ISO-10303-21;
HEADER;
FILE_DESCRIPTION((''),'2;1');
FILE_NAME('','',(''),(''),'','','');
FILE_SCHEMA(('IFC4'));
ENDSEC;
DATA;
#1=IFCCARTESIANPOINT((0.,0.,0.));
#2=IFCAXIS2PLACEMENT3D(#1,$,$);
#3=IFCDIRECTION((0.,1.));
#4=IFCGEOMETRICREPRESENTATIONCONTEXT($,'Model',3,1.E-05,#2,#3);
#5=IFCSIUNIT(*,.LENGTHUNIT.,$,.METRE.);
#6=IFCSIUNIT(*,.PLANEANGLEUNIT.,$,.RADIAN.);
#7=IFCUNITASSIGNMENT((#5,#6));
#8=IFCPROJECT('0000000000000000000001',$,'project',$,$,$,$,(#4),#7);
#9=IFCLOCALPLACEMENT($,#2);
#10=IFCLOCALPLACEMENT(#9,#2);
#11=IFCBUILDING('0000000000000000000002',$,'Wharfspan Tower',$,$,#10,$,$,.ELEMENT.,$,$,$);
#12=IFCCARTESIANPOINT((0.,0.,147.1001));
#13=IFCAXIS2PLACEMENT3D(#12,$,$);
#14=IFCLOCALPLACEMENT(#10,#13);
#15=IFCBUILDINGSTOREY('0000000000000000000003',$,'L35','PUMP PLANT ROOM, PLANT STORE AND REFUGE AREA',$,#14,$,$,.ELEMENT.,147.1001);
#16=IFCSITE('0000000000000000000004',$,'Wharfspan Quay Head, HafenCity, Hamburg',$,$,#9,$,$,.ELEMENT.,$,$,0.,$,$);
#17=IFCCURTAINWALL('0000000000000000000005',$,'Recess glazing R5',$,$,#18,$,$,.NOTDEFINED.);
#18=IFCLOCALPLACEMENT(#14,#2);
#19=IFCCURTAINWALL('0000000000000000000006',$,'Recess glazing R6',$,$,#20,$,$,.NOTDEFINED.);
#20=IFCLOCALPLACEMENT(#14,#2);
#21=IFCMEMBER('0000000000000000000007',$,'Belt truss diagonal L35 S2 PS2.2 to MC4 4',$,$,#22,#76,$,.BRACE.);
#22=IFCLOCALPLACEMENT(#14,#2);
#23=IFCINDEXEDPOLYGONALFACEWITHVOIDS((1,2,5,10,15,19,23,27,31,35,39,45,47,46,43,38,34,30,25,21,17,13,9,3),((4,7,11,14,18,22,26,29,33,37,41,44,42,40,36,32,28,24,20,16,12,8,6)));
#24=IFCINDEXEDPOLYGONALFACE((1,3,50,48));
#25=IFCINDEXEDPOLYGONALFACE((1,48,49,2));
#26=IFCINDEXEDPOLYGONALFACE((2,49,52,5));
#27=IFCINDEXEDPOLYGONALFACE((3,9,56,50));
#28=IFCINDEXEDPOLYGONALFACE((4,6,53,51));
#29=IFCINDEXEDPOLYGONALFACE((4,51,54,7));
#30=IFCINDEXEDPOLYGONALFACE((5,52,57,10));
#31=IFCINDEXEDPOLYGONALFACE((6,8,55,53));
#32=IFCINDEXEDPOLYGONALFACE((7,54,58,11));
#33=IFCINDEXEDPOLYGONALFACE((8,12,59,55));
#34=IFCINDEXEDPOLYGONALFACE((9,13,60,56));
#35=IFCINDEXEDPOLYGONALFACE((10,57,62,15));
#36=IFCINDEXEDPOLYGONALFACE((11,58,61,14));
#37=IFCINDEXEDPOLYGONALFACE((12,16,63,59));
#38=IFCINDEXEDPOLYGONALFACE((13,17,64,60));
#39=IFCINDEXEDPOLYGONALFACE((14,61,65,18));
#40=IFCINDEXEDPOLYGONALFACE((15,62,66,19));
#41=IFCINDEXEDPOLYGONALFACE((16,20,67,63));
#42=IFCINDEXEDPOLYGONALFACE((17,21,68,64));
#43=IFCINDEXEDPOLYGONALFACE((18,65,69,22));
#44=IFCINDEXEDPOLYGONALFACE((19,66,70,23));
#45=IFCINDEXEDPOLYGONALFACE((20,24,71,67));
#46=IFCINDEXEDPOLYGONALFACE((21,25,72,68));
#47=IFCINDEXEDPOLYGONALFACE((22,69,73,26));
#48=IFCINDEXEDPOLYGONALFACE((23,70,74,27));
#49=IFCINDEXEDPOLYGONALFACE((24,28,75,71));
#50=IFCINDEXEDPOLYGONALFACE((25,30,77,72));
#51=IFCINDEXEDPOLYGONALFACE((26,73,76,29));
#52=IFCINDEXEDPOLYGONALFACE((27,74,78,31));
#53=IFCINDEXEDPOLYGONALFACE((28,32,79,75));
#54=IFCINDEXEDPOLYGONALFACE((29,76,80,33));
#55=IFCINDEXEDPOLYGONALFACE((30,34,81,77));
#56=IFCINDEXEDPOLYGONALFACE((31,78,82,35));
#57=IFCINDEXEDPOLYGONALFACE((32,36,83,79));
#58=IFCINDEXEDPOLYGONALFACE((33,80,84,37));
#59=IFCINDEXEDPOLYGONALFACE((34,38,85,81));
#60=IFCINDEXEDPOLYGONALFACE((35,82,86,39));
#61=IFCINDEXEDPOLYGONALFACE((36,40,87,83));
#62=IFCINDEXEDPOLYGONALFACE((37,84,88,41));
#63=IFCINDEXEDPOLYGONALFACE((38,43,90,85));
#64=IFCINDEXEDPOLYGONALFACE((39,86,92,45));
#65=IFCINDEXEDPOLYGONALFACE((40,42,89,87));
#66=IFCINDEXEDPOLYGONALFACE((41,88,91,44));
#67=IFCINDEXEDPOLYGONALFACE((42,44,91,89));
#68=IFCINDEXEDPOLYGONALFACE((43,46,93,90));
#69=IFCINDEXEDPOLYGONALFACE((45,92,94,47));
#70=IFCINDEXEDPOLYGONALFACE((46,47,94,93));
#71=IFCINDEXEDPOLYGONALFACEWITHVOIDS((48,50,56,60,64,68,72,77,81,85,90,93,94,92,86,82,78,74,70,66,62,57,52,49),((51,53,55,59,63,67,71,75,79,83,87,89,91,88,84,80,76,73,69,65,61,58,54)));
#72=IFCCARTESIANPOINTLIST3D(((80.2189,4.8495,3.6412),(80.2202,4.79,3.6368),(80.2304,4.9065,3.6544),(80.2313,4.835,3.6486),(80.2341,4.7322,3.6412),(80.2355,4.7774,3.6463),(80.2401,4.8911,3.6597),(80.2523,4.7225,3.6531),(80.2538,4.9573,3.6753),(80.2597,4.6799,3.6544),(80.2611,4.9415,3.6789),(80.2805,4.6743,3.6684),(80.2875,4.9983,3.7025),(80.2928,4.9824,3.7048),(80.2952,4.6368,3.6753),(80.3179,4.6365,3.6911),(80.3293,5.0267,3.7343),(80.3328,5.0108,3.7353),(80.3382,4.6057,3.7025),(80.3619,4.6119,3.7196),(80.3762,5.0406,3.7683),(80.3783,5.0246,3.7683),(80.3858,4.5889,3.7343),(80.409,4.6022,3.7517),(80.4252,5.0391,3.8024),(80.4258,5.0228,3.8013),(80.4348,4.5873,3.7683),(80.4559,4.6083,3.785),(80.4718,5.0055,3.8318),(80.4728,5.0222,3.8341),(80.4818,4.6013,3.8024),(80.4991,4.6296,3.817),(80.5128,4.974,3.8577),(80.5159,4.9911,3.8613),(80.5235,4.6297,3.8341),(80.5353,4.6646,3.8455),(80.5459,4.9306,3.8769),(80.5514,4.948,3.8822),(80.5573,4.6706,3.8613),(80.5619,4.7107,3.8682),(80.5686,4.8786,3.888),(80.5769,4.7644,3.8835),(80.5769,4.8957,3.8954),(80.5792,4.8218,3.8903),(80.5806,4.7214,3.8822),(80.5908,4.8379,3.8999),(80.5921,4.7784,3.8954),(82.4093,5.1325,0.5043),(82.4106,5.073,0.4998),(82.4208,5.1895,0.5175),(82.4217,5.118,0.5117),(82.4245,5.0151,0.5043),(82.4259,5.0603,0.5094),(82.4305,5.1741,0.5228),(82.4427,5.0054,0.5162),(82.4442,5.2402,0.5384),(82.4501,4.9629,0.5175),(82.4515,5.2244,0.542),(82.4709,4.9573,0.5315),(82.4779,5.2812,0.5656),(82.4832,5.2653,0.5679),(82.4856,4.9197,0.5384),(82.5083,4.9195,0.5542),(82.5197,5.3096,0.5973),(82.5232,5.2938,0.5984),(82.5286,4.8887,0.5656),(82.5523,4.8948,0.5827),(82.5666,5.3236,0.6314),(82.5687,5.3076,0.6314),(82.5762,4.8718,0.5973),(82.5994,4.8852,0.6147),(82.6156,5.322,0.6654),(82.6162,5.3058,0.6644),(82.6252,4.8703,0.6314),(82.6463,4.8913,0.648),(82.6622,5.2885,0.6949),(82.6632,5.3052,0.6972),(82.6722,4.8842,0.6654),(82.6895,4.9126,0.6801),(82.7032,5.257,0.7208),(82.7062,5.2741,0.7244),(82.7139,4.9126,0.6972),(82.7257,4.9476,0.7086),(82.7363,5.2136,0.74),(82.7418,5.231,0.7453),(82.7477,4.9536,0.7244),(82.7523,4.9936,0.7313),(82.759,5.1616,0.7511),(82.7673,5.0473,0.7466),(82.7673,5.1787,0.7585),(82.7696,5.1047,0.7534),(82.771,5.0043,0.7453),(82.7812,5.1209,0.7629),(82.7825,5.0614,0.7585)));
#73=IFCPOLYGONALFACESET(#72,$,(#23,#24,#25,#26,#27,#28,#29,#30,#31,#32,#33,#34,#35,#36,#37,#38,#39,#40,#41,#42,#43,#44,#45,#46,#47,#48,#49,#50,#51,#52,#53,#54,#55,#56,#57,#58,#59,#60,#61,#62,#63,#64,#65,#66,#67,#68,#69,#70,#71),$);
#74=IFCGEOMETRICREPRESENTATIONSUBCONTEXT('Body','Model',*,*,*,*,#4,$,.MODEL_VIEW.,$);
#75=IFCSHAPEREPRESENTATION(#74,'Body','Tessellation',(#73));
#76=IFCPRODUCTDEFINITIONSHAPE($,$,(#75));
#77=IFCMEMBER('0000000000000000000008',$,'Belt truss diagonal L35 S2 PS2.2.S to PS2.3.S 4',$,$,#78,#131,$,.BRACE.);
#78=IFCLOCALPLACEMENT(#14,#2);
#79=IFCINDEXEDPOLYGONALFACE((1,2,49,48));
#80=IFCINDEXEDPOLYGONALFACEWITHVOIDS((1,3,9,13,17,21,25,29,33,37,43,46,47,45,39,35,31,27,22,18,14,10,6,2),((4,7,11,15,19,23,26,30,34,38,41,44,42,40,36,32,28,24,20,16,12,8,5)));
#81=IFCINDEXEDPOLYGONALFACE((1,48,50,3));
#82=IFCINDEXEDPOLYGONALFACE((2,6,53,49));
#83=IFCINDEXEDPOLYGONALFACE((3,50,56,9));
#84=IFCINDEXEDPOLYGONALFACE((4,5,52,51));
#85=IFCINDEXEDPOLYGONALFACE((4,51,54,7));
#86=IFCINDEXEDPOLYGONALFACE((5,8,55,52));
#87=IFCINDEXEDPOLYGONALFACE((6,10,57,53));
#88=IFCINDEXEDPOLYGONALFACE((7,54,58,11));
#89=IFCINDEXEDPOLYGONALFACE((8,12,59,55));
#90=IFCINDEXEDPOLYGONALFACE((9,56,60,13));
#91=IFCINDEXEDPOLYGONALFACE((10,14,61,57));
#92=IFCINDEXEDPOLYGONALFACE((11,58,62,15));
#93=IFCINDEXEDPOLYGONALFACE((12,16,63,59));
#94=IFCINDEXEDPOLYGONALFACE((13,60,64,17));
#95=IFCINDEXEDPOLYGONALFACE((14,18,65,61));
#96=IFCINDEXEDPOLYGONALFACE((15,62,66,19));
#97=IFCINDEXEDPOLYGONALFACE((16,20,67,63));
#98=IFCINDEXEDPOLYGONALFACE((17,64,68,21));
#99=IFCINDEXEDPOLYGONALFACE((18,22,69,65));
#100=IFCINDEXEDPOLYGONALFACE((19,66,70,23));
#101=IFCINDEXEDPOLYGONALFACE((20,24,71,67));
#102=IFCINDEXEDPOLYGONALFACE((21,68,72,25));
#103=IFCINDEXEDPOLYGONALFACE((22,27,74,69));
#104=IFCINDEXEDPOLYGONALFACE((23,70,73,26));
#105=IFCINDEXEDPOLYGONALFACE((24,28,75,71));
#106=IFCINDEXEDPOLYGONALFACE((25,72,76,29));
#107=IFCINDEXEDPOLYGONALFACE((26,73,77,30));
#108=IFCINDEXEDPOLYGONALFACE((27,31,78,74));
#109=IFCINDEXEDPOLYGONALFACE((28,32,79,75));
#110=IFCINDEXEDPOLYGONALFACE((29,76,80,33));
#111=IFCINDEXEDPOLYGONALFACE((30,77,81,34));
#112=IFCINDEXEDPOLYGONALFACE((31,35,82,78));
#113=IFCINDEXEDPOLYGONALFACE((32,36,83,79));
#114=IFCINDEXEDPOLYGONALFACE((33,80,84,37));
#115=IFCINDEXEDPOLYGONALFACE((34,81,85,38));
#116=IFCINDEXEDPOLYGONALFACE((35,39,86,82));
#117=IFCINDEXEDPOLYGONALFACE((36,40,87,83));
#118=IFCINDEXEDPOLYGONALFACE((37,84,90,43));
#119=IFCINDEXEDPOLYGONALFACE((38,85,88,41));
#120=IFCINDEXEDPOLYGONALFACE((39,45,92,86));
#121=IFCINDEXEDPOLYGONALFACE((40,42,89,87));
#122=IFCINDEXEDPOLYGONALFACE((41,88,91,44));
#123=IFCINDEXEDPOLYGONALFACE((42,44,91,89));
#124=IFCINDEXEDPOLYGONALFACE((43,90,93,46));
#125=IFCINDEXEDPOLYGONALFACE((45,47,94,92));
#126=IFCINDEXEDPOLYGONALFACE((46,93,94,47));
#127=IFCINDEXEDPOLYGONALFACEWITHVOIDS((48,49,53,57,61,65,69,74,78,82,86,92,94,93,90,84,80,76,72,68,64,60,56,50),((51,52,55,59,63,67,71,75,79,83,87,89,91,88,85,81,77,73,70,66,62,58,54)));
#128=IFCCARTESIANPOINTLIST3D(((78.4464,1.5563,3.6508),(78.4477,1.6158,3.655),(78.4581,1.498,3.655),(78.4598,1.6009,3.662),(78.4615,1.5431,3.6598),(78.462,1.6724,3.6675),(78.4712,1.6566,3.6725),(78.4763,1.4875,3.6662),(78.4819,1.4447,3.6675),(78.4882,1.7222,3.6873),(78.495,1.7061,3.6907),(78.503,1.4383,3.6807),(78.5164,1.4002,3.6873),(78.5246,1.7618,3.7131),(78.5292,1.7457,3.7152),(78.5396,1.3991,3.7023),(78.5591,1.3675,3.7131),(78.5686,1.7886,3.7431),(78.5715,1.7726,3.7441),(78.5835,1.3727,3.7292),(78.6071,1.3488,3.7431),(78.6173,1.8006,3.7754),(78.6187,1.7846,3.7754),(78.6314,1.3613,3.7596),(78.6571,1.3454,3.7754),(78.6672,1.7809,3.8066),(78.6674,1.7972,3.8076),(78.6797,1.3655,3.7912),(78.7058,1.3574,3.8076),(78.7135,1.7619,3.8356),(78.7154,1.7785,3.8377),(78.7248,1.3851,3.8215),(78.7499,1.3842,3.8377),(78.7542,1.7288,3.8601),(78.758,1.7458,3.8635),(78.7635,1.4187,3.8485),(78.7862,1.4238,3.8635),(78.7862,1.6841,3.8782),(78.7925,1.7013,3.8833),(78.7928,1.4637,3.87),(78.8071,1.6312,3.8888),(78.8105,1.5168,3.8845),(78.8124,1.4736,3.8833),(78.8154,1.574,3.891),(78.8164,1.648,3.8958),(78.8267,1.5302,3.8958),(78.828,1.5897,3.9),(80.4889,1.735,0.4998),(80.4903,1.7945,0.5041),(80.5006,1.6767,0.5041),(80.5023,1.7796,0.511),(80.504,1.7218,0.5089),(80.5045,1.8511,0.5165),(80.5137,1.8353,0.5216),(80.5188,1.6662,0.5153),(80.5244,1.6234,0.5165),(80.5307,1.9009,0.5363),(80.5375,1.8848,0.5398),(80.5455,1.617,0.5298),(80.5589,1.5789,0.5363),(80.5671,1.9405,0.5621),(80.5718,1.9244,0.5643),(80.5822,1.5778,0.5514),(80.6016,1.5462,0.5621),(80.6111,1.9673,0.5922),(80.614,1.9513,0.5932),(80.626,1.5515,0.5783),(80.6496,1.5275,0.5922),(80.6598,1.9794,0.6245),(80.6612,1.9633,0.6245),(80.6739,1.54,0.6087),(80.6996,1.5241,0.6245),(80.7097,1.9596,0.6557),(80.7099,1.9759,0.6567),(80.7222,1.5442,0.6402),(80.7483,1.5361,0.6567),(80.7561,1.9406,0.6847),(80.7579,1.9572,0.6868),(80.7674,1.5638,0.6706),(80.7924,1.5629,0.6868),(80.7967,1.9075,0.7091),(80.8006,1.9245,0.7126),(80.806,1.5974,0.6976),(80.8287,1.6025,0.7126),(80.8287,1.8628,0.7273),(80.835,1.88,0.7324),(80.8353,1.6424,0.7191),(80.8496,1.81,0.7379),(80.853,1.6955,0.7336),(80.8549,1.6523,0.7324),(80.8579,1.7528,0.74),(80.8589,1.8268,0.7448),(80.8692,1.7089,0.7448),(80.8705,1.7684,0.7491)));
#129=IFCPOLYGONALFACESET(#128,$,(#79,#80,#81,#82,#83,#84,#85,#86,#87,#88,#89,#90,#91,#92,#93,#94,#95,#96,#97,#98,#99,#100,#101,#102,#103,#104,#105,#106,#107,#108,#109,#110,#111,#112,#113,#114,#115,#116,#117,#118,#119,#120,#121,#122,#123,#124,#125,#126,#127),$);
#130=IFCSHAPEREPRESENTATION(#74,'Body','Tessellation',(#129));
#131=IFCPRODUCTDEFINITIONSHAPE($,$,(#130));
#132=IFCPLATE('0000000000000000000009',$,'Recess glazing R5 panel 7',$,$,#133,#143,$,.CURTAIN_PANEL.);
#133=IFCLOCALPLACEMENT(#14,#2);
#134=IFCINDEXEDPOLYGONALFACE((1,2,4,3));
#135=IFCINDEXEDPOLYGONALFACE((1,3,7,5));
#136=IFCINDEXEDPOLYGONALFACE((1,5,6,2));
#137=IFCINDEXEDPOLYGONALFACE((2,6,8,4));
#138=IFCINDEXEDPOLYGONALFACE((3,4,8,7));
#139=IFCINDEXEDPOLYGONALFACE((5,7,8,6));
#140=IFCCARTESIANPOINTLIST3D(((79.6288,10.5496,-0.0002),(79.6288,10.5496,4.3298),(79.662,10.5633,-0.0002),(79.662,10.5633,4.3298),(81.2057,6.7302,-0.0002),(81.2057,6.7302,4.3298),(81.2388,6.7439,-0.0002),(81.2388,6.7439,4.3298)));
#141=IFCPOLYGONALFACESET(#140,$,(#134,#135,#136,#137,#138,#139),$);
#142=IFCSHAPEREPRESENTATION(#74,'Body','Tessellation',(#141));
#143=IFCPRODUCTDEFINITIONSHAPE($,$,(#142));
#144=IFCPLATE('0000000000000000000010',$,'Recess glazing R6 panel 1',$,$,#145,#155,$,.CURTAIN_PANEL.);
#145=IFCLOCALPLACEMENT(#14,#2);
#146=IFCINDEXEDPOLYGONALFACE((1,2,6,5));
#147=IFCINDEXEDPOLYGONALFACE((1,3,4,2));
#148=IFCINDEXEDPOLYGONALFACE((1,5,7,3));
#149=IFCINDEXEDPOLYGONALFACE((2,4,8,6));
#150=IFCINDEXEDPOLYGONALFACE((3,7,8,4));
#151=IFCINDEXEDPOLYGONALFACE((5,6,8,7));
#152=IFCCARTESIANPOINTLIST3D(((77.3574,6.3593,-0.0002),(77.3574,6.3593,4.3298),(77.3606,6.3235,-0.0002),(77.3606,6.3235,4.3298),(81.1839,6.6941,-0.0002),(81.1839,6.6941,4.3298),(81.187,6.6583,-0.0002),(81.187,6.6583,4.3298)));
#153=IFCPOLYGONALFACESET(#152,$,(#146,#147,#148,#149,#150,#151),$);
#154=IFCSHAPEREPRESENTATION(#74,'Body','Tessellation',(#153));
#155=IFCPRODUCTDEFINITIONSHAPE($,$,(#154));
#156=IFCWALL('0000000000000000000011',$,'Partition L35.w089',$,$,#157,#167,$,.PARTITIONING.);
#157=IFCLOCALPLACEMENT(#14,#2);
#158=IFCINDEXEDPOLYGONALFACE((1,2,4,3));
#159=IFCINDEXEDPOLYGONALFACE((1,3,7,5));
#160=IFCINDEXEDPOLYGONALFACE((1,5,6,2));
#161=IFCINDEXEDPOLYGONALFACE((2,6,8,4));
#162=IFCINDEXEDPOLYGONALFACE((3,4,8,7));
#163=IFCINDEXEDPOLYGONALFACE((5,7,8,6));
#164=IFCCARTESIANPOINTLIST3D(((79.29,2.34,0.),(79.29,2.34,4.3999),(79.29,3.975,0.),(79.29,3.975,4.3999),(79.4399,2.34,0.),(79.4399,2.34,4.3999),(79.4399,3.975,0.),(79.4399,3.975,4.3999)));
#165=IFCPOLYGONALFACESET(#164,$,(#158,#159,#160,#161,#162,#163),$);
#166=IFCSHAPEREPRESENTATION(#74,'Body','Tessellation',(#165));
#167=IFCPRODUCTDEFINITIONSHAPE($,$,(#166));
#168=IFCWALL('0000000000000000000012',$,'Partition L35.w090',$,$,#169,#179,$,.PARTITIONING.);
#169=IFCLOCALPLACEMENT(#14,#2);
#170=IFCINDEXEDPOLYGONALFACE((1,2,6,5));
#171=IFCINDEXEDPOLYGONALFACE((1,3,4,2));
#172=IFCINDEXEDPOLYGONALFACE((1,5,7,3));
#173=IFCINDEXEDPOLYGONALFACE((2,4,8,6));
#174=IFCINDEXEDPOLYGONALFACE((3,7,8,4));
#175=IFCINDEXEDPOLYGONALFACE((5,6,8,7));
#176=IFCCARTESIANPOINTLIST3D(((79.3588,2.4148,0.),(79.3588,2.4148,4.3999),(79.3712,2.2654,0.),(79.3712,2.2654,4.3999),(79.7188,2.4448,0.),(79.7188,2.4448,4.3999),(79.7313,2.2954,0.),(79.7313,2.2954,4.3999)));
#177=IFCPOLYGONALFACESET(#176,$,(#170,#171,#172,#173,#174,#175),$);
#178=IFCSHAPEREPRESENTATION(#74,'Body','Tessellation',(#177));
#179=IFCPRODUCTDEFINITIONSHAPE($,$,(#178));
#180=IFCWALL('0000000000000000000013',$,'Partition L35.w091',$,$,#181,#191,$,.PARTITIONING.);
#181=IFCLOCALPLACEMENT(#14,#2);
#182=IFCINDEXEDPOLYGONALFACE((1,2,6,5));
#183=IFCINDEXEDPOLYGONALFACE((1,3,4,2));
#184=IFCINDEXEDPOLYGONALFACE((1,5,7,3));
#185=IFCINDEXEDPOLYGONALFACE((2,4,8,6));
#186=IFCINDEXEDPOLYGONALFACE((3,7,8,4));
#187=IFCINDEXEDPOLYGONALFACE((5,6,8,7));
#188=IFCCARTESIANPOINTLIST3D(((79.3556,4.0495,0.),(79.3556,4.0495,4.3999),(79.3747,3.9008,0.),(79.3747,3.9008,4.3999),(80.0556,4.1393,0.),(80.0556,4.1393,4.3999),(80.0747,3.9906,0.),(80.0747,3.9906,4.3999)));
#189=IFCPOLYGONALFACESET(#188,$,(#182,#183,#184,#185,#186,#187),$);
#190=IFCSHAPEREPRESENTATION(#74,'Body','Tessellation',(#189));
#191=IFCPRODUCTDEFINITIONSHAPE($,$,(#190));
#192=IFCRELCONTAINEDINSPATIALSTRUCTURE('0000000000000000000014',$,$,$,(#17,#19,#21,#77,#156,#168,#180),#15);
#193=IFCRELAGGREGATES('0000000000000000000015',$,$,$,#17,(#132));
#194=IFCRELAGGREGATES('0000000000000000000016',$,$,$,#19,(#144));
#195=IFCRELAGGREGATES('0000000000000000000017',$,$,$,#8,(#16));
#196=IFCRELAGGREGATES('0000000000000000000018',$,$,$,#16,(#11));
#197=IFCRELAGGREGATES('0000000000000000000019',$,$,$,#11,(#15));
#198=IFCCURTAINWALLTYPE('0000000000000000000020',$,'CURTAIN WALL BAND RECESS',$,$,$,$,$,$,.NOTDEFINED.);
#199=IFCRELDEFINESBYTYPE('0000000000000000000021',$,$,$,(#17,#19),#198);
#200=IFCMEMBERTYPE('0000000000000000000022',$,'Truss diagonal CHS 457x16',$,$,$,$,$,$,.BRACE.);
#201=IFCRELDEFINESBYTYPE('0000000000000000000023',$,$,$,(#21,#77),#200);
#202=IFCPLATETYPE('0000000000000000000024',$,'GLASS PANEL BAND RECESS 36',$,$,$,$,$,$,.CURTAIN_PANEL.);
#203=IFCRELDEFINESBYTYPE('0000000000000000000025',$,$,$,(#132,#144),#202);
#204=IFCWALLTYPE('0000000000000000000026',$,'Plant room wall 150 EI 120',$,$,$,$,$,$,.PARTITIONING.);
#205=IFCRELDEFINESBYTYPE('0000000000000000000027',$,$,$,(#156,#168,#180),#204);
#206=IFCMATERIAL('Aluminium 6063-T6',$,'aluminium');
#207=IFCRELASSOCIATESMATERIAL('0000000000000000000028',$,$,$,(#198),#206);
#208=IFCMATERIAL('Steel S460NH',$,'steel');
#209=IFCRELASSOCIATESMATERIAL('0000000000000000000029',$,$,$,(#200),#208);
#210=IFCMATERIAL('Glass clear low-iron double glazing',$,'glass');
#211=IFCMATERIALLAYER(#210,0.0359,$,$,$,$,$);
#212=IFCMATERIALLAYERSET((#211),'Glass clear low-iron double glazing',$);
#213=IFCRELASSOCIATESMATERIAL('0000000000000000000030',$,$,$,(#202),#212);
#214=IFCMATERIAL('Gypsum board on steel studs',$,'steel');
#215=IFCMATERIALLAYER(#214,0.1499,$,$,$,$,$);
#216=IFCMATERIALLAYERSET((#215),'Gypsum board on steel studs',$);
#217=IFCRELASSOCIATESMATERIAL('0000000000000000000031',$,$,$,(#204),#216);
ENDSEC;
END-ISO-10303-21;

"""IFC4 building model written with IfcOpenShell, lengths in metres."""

from ifc_helpers import new_model, si_unit, direction, frame, frame_2d, origin, origin_2d, place, context, subcontext, project, spatial, rectangle, hollow_circle, extrude, material, layer, layer_set, material_profile, profile_set, type_object, element, aggregate, save


model = new_model("IFC4")

# Units and contexts
model_context = context("Model", 3, precision=1e-05, world=origin(), true_north=direction((0.0, 1.0)))
body_context = subcontext(model_context, "Body", "Model", "MODEL_VIEW")
ifc_project = project(units=[si_unit("LENGTHUNIT", "METRE"), si_unit("PLANEANGLEUNIT", "RADIAN")], contexts=[model_context])

# Site, building, storey
site_placement = place(None, origin())
site = spatial("IfcSite", under=ifc_project, at=site_placement, Name="Wharfspan Quay Head, HafenCity, Hamburg", CompositionType="ELEMENT", RefElevation=0.0)
building_placement = place(site_placement, origin())
building = spatial("IfcBuilding", under=site, at=building_placement, Name="Wharfspan Tower", CompositionType="ELEMENT")
storey_placement = place(building_placement, frame((0.0, 0.0, 147.1001)))
storey = spatial("IfcBuildingStorey", under=building, at=storey_placement, Name="L35", Description="PUMP PLANT ROOM, PLANT STORE AND REFUGE AREA", CompositionType="ELEMENT", Elevation=147.1001)

# Curtain wall
ifc_material_1 = material(Name="Aluminium 6063-T6", Category="aluminium")
curtain_wall_type = type_object("IfcCurtainWallType", Name="CURTAIN WALL BAND RECESS", PredefinedType="NOTDEFINED", material=ifc_material_1)
curtain_wall_1_placement = place(storey_placement, origin())
curtain_wall_1 = element("IfcCurtainWall", 1, at=curtain_wall_1_placement, inside=storey, type_object=curtain_wall_type, Name="Recess glazing R5", PredefinedType="NOTDEFINED")

# Curtain wall
curtain_wall_2_placement = place(storey_placement, origin())
curtain_wall_2 = element("IfcCurtainWall", 2, at=curtain_wall_2_placement, inside=storey, type_object=curtain_wall_type, Name="Recess glazing R6", PredefinedType="NOTDEFINED")

# Members
ifc_material_2 = material(Name="Steel S460NH", Category="steel")
ifc_material_profile_1 = material_profile(ifc_material_2, hollow_circle(Radius=0.2285, WallThickness=0.0161, at=origin_2d()))
ifc_profile_set_1 = profile_set([ifc_material_profile_1], Name="Steel S460NH")
member_type_1 = type_object("IfcMemberType", Name="Truss diagonal CHS 457x16", PredefinedType="BRACE", material=ifc_profile_set_1)
for number, where, z_axis, x_axis, name in (
    (3, (80.4055, 4.814, 3.7683), (0.570948, 0.073755, -0.817667), (-0.128117, 0.991761, -0.000001), "Belt truss diagonal L35 S2 PS2.2 to MC4 4"),
):
    element("IfcMember", number, at=place(storey_placement, frame(where, z_axis=z_axis, x_axis=x_axis)), inside=storey, type_object=member_type_1, Name=name, PredefinedType="BRACE", context=body_context, shape_type="SweptSolid", body=[
        extrude(hollow_circle(Radius=0.2285, WallThickness=0.0161, at=origin_2d()), origin(), (0.0, 0.0, 1.0), 3.8364),
    ])
member_1_placement = place(storey_placement, frame((78.6372, 1.573, 3.7754), z_axis=(0.543326, 0.047539, -0.838175), x_axis=(-0.087163, 0.996191, 0.0)))
element("IfcMember", 4, at=member_1_placement, inside=storey, type_object=member_type_1, Name="Belt truss diagonal L35 S2 PS2.2.S to PS2.3.S 4", PredefinedType="BRACE", context=body_context, shape_type="SweptSolid", body=[
    extrude(hollow_circle(Radius=0.2285, WallThickness=0.0161, at=origin_2d()), origin(), (0.0, 0.0, 1.0), 3.7593),
])

# Plates
ifc_material_3 = material(Name="Glass clear low-iron double glazing", Category="glass")
ifc_layer_1 = layer(ifc_material_3, 0.0359)
ifc_layer_set_1 = layer_set([ifc_layer_1], Name="Glass clear low-iron double glazing")
plate_type = type_object("IfcPlateType", Name="GLASS PANEL BAND RECESS 36", PredefinedType="CURTAIN_PANEL", material=ifc_layer_set_1)
plate_1_placement = place(storey_placement, frame((80.4338, 8.6467, -0.0002), z_axis=(0.0, 0.0, 1.0), x_axis=(0.381602, -0.924325, 0.0)))
plate_1 = element("IfcPlate", 5, at=plate_1_placement, type_object=plate_type, Name="Recess glazing R5 panel 7", PredefinedType="CURTAIN_PANEL", context=body_context, shape_type="SweptSolid", body=[
    extrude(rectangle(XDim=4.1321, YDim=0.0359, at=origin_2d()), origin(), (0.0, 0.0, 1.0), 4.3301),
])
aggregate(curtain_wall_1, [plate_1])
plate_2_placement = place(storey_placement, frame((79.2722, 6.5088, -0.0002), z_axis=(0.0, 0.0, 1.0), x_axis=(-0.996198, -0.087156, 0.0)))
plate_2 = element("IfcPlate", 6, at=plate_2_placement, type_object=plate_type, Name="Recess glazing R6 panel 1", PredefinedType="CURTAIN_PANEL", context=body_context, shape_type="SweptSolid", body=[
    extrude(rectangle(XDim=3.8411, YDim=0.0359, at=origin_2d()), origin(), (0.0, 0.0, 1.0), 4.3301),
])
aggregate(curtain_wall_2, [plate_2])

# Walls
ifc_material_4 = material(Name="Gypsum board on steel studs", Category="steel")
ifc_layer_2 = layer(ifc_material_4, 0.1499)
ifc_layer_set_2 = layer_set([ifc_layer_2], Name="Gypsum board on steel studs")
wall_type = type_object("IfcWallType", Name="Plant room wall 150 EI 120", PredefinedType="PARTITIONING", material=ifc_layer_set_2)
wall_1_placement = place(storey_placement, frame((79.365, 2.3401, 0.0), z_axis=(0.0, 0.0, 1.0), x_axis=(0.0, 1.0, 0.0)))
element("IfcWall", 7, at=wall_1_placement, inside=storey, type_object=wall_type, Name="Partition L35.w089", PredefinedType="PARTITIONING", context=body_context, shape_type="SweptSolid", body=[
    extrude(rectangle(XDim=1.635, YDim=0.1499, at=frame_2d((0.8174, 0.0))), origin(), (0.0, 0.0, 1.0), 4.3999),
])
wall_2_placement = place(storey_placement, frame((79.365, 2.3401, 0.0), z_axis=(0.0, 0.0, 1.0), x_axis=(0.996537, 0.083101, 0.0)))
element("IfcWall", 8, at=wall_2_placement, inside=storey, type_object=wall_type, Name="Partition L35.w090", PredefinedType="PARTITIONING", context=body_context, shape_type="SweptSolid", body=[
    extrude(rectangle(XDim=0.3613, YDim=0.1499, at=frame_2d((0.1807, 0.0))), origin(), (0.0, 0.0, 1.0), 4.3999),
])
wall_3_placement = place(storey_placement, frame((79.365, 3.9751, 0.0), z_axis=(0.0, 0.0, 1.0), x_axis=(0.991865, 0.127313, 0.0)))
element("IfcWall", 9, at=wall_3_placement, inside=storey, type_object=wall_type, Name="Partition L35.w091", PredefinedType="PARTITIONING", context=body_context, shape_type="SweptSolid", body=[
    extrude(rectangle(XDim=0.7058, YDim=0.1499, at=frame_2d((0.353, 0.0))), origin(), (0.0, 0.0, 1.0), 4.3999),
])

save(model, "model.ifc")
